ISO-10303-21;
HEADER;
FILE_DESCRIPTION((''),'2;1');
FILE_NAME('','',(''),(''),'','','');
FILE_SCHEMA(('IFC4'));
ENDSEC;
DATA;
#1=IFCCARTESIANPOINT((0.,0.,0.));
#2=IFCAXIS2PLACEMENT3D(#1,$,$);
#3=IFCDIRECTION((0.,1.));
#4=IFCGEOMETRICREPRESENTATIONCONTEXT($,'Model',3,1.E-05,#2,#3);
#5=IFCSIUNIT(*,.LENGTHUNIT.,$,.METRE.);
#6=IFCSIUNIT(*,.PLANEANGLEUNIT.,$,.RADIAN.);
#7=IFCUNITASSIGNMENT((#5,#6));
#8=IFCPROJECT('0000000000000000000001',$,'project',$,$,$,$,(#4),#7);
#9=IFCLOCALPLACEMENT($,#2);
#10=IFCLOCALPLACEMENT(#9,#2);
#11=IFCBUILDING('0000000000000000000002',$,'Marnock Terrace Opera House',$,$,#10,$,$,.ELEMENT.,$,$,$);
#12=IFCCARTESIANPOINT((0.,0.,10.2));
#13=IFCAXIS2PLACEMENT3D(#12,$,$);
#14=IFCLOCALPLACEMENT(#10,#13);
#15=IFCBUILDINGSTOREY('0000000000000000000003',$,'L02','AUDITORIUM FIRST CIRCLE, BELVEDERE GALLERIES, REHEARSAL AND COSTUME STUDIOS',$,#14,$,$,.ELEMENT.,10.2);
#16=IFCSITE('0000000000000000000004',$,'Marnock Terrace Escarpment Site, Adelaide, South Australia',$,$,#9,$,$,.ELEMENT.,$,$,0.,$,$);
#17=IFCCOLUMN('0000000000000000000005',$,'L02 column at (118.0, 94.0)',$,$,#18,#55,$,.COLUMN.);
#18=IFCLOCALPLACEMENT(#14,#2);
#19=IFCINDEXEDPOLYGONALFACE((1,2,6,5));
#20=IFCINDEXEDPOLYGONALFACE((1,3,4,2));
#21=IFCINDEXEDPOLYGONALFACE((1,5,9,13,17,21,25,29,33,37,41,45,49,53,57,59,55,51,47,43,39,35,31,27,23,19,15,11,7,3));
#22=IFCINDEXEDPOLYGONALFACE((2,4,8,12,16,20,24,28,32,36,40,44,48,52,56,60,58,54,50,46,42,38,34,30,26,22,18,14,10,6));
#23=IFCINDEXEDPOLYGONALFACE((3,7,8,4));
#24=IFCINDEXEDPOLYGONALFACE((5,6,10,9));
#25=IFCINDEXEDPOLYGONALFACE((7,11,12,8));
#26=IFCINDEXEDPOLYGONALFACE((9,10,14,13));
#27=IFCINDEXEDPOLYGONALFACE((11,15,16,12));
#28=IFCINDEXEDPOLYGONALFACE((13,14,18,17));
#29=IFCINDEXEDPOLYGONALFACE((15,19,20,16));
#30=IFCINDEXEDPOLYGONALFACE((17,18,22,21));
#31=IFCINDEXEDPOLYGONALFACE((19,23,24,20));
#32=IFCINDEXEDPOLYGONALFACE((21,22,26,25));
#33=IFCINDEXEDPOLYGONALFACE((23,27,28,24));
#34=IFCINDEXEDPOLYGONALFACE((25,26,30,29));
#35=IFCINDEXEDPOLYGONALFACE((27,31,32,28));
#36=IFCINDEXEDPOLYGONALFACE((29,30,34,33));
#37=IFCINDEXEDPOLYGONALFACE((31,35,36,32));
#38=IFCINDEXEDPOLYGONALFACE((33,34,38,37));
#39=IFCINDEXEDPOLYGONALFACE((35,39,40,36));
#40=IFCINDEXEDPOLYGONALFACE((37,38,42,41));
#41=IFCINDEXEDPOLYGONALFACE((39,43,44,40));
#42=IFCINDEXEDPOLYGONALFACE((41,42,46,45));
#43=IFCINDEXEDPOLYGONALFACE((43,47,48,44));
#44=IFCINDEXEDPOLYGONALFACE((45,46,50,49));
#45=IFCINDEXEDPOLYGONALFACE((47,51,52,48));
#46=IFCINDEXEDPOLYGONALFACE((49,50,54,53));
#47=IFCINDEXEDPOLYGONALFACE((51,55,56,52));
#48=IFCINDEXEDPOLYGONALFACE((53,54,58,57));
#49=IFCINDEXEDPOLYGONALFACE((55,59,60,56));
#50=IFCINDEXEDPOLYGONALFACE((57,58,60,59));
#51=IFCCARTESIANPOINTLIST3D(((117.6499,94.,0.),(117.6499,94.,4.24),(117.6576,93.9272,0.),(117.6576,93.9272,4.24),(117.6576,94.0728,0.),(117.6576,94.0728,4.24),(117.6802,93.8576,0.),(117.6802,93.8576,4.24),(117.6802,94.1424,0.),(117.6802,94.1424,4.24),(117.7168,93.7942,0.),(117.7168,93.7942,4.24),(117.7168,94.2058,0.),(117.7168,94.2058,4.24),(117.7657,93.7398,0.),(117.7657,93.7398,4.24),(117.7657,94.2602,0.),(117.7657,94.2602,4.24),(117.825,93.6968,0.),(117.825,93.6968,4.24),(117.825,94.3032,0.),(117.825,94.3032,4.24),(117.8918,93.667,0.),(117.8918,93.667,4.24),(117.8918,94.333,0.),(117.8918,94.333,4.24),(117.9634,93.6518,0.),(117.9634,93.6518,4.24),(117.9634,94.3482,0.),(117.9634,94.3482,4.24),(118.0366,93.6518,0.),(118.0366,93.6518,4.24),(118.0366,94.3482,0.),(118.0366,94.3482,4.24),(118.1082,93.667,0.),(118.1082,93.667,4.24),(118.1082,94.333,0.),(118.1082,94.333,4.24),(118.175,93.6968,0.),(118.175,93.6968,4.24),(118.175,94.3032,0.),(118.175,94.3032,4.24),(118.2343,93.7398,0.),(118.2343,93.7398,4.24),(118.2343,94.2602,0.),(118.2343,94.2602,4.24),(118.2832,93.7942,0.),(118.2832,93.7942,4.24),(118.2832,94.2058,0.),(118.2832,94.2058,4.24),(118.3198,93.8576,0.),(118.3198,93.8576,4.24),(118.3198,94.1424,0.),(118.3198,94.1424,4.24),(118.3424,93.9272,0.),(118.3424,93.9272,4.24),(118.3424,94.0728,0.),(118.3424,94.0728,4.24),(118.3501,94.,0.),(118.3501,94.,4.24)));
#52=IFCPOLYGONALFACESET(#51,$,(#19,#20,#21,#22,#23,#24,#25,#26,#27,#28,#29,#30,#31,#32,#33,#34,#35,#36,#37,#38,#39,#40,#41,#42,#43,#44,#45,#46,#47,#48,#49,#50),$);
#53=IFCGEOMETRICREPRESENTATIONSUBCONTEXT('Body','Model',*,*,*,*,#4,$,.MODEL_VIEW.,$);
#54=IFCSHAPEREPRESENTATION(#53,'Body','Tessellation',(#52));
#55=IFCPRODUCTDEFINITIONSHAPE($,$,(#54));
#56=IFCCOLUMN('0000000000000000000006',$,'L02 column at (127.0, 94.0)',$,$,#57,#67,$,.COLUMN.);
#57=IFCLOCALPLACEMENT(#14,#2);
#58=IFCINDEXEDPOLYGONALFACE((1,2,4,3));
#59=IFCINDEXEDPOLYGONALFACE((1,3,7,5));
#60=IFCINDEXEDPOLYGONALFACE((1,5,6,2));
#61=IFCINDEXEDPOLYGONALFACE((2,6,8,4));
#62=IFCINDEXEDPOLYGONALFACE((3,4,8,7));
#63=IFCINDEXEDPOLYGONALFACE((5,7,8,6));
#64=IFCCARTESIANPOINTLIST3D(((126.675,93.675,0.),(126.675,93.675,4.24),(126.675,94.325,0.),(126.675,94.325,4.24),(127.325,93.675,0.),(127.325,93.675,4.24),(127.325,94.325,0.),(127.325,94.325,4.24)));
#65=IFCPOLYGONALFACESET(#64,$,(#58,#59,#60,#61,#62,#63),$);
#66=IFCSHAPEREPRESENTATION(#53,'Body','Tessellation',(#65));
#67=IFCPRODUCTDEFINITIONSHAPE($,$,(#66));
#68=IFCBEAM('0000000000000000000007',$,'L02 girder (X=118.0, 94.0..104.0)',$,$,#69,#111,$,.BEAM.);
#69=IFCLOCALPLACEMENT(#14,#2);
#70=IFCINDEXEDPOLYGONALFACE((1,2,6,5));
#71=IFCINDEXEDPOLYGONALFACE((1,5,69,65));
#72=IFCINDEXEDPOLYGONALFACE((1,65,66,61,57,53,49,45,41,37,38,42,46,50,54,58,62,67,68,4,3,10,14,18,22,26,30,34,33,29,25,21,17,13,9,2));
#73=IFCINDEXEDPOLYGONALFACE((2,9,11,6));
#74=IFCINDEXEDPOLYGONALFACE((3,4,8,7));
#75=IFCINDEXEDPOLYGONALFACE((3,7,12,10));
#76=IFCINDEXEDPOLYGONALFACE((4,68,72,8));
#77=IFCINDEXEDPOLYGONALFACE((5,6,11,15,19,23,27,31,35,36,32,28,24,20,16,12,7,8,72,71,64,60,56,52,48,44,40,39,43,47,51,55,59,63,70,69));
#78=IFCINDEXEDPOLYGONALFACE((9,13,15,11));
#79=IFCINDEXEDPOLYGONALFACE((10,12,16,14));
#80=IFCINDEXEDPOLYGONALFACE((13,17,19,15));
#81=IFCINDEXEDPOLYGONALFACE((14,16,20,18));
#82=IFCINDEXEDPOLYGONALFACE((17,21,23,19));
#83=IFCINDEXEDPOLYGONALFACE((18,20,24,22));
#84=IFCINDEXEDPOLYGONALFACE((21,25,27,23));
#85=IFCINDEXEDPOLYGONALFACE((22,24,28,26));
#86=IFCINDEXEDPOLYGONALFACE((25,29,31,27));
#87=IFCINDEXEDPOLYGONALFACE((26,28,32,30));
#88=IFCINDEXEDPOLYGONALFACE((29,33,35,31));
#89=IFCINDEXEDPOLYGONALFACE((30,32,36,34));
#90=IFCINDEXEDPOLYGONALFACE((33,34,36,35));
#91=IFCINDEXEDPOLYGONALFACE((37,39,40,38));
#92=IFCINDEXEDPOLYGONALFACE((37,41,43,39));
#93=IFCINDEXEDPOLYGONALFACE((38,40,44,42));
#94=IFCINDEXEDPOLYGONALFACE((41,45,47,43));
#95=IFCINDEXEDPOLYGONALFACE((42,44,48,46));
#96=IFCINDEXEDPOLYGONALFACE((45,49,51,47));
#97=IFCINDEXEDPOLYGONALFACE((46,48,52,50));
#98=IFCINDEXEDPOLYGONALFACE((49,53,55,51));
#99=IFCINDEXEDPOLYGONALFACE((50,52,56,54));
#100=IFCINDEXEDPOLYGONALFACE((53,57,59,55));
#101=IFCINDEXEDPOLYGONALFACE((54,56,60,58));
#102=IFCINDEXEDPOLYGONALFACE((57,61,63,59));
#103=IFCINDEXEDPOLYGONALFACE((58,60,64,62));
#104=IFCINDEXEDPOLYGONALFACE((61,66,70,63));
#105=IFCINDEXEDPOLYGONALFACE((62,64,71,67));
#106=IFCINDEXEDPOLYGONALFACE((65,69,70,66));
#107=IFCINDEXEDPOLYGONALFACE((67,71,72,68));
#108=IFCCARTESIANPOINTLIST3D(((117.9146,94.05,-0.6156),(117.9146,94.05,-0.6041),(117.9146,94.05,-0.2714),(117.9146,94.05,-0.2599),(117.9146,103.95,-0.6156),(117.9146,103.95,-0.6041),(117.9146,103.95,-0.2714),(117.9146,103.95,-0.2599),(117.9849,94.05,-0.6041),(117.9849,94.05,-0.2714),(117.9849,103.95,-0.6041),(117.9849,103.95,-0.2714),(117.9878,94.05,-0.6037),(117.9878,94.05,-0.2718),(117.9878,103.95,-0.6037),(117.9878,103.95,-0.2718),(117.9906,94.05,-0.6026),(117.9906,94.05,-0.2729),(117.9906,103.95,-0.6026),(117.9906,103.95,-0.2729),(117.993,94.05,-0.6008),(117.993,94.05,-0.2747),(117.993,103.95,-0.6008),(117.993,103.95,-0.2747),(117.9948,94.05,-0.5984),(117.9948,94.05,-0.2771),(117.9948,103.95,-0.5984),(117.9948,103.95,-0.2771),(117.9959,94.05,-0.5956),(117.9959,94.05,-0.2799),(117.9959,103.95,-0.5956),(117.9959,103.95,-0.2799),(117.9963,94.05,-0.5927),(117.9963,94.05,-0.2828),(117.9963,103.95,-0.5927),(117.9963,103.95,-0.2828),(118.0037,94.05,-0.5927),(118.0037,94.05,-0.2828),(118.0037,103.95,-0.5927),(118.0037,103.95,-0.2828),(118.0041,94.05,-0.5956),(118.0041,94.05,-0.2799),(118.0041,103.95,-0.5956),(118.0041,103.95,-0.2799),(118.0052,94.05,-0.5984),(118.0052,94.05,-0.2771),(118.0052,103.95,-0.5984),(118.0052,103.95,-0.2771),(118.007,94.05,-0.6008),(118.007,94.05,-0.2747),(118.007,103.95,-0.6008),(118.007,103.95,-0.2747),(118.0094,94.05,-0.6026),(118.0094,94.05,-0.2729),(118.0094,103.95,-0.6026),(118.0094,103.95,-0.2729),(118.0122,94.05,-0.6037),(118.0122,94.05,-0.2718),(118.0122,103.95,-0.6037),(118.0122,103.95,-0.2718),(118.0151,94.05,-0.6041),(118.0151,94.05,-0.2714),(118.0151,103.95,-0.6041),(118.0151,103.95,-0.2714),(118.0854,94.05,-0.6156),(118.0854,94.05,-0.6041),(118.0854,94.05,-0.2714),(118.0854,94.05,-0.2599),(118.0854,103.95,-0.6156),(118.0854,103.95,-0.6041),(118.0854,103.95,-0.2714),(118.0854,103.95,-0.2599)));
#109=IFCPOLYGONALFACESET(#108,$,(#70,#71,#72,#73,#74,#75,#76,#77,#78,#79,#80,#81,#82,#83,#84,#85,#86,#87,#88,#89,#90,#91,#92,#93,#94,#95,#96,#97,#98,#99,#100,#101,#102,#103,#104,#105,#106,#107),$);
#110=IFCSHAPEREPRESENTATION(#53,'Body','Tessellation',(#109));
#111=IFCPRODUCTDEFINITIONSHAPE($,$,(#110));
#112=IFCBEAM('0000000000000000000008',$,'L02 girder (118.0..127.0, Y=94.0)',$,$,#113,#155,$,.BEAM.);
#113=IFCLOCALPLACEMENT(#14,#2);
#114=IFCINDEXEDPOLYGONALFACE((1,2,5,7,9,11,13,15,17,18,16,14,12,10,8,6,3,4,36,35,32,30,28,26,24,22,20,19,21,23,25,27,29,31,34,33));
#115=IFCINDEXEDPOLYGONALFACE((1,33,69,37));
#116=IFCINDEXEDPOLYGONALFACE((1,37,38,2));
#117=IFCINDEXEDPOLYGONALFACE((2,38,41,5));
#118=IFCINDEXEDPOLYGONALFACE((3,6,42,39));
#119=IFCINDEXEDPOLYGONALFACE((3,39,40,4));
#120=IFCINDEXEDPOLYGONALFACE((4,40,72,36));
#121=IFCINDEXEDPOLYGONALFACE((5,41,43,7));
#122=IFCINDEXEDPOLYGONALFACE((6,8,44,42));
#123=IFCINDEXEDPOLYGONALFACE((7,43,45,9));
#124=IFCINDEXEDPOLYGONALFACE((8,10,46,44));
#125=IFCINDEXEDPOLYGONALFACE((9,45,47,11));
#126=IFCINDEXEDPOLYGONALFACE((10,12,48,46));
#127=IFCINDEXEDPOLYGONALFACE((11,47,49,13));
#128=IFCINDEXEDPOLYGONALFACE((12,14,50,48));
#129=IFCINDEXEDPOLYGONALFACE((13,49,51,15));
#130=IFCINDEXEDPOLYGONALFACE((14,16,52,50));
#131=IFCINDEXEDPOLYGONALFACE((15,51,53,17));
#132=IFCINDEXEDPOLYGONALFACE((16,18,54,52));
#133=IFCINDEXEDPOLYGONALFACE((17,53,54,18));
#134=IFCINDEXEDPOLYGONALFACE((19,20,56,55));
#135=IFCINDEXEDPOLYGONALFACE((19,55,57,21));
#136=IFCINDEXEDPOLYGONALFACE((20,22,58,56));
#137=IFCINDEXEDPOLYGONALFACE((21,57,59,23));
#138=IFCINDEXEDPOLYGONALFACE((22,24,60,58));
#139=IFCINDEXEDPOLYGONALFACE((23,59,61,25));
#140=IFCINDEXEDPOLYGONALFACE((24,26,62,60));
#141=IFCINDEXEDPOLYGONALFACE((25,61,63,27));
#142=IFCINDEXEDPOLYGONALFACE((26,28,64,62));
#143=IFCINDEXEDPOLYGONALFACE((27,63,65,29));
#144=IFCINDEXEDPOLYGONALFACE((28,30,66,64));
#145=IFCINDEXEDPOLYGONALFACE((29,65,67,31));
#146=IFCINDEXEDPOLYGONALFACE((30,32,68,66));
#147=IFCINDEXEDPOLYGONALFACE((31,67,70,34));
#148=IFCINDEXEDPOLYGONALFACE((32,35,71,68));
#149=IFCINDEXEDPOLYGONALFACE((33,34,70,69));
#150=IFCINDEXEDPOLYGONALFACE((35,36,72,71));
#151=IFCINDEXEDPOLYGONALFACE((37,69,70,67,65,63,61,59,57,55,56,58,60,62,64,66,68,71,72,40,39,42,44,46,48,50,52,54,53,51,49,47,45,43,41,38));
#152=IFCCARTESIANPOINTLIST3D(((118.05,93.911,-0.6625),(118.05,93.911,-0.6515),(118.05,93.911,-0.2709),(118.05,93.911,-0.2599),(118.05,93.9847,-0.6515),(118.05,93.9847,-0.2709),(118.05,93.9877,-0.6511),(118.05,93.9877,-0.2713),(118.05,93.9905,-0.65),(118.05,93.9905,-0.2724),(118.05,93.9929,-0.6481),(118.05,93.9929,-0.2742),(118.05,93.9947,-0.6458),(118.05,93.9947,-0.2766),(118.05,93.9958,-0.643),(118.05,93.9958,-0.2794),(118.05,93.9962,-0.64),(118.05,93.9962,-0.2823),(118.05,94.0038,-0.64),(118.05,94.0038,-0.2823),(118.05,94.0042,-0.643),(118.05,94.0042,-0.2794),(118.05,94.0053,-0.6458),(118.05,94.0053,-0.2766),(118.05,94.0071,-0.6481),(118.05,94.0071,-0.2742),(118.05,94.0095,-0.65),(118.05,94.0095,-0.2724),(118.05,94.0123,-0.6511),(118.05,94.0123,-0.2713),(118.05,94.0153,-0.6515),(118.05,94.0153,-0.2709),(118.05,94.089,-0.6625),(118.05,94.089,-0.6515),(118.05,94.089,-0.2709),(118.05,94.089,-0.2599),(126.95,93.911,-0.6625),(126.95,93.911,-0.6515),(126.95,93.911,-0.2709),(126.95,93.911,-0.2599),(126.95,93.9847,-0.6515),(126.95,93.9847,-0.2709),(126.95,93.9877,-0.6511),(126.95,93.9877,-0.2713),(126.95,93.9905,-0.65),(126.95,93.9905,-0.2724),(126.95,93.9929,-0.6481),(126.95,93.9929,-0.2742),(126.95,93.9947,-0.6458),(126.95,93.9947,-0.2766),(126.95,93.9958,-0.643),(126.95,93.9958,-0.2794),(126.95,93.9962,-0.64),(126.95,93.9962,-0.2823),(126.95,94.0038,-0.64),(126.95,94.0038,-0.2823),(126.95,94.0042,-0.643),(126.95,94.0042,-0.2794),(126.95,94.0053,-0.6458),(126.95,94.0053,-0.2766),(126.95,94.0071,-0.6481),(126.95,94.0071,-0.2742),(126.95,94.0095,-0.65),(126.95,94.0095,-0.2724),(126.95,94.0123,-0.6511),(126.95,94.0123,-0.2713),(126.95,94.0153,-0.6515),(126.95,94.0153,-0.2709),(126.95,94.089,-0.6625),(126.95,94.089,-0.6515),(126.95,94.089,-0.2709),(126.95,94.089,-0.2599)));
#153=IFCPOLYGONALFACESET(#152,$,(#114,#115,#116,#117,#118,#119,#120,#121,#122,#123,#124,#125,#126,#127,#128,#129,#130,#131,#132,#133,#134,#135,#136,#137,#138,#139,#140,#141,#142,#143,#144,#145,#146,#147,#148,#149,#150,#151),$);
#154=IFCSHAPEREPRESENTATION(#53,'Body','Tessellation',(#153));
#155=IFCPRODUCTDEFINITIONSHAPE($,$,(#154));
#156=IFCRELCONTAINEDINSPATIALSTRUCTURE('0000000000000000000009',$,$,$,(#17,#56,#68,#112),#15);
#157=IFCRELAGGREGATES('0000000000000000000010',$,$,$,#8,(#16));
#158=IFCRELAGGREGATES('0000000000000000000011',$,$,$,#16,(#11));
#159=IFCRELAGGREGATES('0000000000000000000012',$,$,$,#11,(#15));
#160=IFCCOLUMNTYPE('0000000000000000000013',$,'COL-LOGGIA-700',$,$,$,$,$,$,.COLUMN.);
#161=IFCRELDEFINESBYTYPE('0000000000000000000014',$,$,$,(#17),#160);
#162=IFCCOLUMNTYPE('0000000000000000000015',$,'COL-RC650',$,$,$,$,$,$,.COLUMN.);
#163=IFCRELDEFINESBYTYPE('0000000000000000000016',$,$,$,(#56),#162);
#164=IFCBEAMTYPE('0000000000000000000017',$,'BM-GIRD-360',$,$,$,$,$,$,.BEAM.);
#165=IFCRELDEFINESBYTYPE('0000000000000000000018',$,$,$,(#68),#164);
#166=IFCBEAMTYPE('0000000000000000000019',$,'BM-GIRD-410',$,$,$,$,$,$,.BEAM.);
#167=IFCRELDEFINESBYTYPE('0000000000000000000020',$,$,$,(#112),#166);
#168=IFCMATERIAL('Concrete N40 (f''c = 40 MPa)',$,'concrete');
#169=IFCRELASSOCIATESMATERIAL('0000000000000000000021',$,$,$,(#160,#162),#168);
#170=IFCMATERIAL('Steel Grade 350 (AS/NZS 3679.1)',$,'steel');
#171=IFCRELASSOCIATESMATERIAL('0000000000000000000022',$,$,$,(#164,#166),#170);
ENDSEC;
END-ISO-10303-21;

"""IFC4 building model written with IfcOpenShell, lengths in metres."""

from ifc_helpers import new_model, si_unit, direction, frame, origin, origin_2d, place, context, subcontext, project, spatial, rectangle, circle, i_section, extrude, material, material_profile, profile_set, type_object, element, save


model = new_model("IFC4")

# Units and contexts
model_context = context("Model", 3, precision=1e-05, world=origin(), true_north=direction((0.0, 1.0)))
body_context = subcontext(model_context, "Body", "Model", "MODEL_VIEW")
ifc_project = project(units=[si_unit("LENGTHUNIT", "METRE"), si_unit("PLANEANGLEUNIT", "RADIAN")], contexts=[model_context])

# Site, building, storey
site_placement = place(None, origin())
site = spatial("IfcSite", under=ifc_project, at=site_placement, Name="Marnock Terrace Escarpment Site, Adelaide, South Australia", CompositionType="ELEMENT", RefElevation=0.0)
building_placement = place(site_placement, origin())
building = spatial("IfcBuilding", under=site, at=building_placement, Name="Marnock Terrace Opera House", CompositionType="ELEMENT")
storey_placement = place(building_placement, frame((0.0, 0.0, 10.2)))
storey = spatial("IfcBuildingStorey", under=building, at=storey_placement, Name="L02", Description="AUDITORIUM FIRST CIRCLE, BELVEDERE GALLERIES, REHEARSAL AND COSTUME STUDIOS", CompositionType="ELEMENT", Elevation=10.2)

# Columns
ifc_material_1 = material(Name="Concrete N40 (f'c = 40 MPa)", Category="concrete")
ifc_material_profile_1 = material_profile(ifc_material_1, circle(Radius=0.3501, at=origin_2d()))
ifc_profile_set_1 = profile_set([ifc_material_profile_1], Name="Concrete N40 (f'c = 40 MPa)")
column_type_1 = type_object("IfcColumnType", Name="COL-LOGGIA-700", PredefinedType="COLUMN", material=ifc_profile_set_1)
column_1_placement = place(storey_placement, frame((118.0, 94.0, 0.0), z_axis=(0.0, 0.0, 1.0), x_axis=(1.0, 0.0, 0.0)))
element("IfcColumn", 1, at=column_1_placement, inside=storey, type_object=column_type_1, Name="L02 column at (118.0, 94.0)", PredefinedType="COLUMN", context=body_context, shape_type="SweptSolid", body=[
    extrude(circle(Radius=0.3501, at=origin_2d()), origin(), (0.0, 0.0, 1.0), 4.24),
])
ifc_material_profile_2 = material_profile(ifc_material_1, rectangle(XDim=0.6499, YDim=0.6499, at=origin_2d()))
ifc_profile_set_2 = profile_set([ifc_material_profile_2], Name="Concrete N40 (f'c = 40 MPa)")
column_type_2 = type_object("IfcColumnType", Name="COL-RC650", PredefinedType="COLUMN", material=ifc_profile_set_2)
column_2_placement = place(storey_placement, frame((127.0, 94.0, 0.0), z_axis=(0.0, 0.0, 1.0), x_axis=(1.0, 0.0, 0.0)))
element("IfcColumn", 2, at=column_2_placement, inside=storey, type_object=column_type_2, Name="L02 column at (127.0, 94.0)", PredefinedType="COLUMN", context=body_context, shape_type="SweptSolid", body=[
    extrude(rectangle(XDim=0.6499, YDim=0.6499, at=origin_2d()), origin(), (0.0, 0.0, 1.0), 4.24),
])

# Beams
ifc_material_2 = material(Name="Steel Grade 350 (AS/NZS 3679.1)", Category="steel")
ifc_material_profile_3 = material_profile(ifc_material_2, i_section(OverallWidth=0.1709, OverallDepth=0.3557, WebThickness=0.0073, FlangeThickness=0.0115, FilletRadius=0.0115, at=origin_2d()))
ifc_profile_set_3 = profile_set([ifc_material_profile_3], Name="Steel Grade 350 (AS/NZS 3679.1)")
beam_type_1 = type_object("IfcBeamType", Name="BM-GIRD-360", PredefinedType="BEAM", material=ifc_profile_set_3)
beam_1_placement = place(storey_placement, frame((118.0, 94.05, -0.4377), z_axis=(0.0, 1.0, 0.0), x_axis=(-1.0, 0.0, 0.0)))
element("IfcBeam", 3, at=beam_1_placement, inside=storey, type_object=beam_type_1, Name="L02 girder (X=118.0, 94.0..104.0)", PredefinedType="BEAM", context=body_context, shape_type="SweptSolid", body=[
    extrude(i_section(OverallWidth=0.1709, OverallDepth=0.3557, WebThickness=0.0073, FlangeThickness=0.0115, FilletRadius=0.0115, at=origin_2d()), origin(), (0.0, 0.0, 1.0), 9.8999),
])
ifc_material_profile_4 = material_profile(ifc_material_2, i_section(OverallWidth=0.178, OverallDepth=0.4026, WebThickness=0.0076, FlangeThickness=0.011, FilletRadius=0.0115, at=origin_2d()))
ifc_profile_set_4 = profile_set([ifc_material_profile_4], Name="Steel Grade 350 (AS/NZS 3679.1)")
beam_type_2 = type_object("IfcBeamType", Name="BM-GIRD-410", PredefinedType="BEAM", material=ifc_profile_set_4)
for number, where, z_axis, x_axis, name in (
    (4, (118.05, 94.0, -0.4612), (1.0, 0.0, 0.0), (0.0, 1.0, 0.0), "L02 girder (118.0..127.0, Y=94.0)"),
):
    element("IfcBeam", number, at=place(storey_placement, frame(where, z_axis=z_axis, x_axis=x_axis)), inside=storey, type_object=beam_type_2, Name=name, PredefinedType="BEAM", context=body_context, shape_type="SweptSolid", body=[
        extrude(i_section(OverallWidth=0.178, OverallDepth=0.4026, WebThickness=0.0076, FlangeThickness=0.011, FilletRadius=0.0115, at=origin_2d()), origin(), (0.0, 0.0, 1.0), 8.8999),
    ])

save(model, "model.ifc")
